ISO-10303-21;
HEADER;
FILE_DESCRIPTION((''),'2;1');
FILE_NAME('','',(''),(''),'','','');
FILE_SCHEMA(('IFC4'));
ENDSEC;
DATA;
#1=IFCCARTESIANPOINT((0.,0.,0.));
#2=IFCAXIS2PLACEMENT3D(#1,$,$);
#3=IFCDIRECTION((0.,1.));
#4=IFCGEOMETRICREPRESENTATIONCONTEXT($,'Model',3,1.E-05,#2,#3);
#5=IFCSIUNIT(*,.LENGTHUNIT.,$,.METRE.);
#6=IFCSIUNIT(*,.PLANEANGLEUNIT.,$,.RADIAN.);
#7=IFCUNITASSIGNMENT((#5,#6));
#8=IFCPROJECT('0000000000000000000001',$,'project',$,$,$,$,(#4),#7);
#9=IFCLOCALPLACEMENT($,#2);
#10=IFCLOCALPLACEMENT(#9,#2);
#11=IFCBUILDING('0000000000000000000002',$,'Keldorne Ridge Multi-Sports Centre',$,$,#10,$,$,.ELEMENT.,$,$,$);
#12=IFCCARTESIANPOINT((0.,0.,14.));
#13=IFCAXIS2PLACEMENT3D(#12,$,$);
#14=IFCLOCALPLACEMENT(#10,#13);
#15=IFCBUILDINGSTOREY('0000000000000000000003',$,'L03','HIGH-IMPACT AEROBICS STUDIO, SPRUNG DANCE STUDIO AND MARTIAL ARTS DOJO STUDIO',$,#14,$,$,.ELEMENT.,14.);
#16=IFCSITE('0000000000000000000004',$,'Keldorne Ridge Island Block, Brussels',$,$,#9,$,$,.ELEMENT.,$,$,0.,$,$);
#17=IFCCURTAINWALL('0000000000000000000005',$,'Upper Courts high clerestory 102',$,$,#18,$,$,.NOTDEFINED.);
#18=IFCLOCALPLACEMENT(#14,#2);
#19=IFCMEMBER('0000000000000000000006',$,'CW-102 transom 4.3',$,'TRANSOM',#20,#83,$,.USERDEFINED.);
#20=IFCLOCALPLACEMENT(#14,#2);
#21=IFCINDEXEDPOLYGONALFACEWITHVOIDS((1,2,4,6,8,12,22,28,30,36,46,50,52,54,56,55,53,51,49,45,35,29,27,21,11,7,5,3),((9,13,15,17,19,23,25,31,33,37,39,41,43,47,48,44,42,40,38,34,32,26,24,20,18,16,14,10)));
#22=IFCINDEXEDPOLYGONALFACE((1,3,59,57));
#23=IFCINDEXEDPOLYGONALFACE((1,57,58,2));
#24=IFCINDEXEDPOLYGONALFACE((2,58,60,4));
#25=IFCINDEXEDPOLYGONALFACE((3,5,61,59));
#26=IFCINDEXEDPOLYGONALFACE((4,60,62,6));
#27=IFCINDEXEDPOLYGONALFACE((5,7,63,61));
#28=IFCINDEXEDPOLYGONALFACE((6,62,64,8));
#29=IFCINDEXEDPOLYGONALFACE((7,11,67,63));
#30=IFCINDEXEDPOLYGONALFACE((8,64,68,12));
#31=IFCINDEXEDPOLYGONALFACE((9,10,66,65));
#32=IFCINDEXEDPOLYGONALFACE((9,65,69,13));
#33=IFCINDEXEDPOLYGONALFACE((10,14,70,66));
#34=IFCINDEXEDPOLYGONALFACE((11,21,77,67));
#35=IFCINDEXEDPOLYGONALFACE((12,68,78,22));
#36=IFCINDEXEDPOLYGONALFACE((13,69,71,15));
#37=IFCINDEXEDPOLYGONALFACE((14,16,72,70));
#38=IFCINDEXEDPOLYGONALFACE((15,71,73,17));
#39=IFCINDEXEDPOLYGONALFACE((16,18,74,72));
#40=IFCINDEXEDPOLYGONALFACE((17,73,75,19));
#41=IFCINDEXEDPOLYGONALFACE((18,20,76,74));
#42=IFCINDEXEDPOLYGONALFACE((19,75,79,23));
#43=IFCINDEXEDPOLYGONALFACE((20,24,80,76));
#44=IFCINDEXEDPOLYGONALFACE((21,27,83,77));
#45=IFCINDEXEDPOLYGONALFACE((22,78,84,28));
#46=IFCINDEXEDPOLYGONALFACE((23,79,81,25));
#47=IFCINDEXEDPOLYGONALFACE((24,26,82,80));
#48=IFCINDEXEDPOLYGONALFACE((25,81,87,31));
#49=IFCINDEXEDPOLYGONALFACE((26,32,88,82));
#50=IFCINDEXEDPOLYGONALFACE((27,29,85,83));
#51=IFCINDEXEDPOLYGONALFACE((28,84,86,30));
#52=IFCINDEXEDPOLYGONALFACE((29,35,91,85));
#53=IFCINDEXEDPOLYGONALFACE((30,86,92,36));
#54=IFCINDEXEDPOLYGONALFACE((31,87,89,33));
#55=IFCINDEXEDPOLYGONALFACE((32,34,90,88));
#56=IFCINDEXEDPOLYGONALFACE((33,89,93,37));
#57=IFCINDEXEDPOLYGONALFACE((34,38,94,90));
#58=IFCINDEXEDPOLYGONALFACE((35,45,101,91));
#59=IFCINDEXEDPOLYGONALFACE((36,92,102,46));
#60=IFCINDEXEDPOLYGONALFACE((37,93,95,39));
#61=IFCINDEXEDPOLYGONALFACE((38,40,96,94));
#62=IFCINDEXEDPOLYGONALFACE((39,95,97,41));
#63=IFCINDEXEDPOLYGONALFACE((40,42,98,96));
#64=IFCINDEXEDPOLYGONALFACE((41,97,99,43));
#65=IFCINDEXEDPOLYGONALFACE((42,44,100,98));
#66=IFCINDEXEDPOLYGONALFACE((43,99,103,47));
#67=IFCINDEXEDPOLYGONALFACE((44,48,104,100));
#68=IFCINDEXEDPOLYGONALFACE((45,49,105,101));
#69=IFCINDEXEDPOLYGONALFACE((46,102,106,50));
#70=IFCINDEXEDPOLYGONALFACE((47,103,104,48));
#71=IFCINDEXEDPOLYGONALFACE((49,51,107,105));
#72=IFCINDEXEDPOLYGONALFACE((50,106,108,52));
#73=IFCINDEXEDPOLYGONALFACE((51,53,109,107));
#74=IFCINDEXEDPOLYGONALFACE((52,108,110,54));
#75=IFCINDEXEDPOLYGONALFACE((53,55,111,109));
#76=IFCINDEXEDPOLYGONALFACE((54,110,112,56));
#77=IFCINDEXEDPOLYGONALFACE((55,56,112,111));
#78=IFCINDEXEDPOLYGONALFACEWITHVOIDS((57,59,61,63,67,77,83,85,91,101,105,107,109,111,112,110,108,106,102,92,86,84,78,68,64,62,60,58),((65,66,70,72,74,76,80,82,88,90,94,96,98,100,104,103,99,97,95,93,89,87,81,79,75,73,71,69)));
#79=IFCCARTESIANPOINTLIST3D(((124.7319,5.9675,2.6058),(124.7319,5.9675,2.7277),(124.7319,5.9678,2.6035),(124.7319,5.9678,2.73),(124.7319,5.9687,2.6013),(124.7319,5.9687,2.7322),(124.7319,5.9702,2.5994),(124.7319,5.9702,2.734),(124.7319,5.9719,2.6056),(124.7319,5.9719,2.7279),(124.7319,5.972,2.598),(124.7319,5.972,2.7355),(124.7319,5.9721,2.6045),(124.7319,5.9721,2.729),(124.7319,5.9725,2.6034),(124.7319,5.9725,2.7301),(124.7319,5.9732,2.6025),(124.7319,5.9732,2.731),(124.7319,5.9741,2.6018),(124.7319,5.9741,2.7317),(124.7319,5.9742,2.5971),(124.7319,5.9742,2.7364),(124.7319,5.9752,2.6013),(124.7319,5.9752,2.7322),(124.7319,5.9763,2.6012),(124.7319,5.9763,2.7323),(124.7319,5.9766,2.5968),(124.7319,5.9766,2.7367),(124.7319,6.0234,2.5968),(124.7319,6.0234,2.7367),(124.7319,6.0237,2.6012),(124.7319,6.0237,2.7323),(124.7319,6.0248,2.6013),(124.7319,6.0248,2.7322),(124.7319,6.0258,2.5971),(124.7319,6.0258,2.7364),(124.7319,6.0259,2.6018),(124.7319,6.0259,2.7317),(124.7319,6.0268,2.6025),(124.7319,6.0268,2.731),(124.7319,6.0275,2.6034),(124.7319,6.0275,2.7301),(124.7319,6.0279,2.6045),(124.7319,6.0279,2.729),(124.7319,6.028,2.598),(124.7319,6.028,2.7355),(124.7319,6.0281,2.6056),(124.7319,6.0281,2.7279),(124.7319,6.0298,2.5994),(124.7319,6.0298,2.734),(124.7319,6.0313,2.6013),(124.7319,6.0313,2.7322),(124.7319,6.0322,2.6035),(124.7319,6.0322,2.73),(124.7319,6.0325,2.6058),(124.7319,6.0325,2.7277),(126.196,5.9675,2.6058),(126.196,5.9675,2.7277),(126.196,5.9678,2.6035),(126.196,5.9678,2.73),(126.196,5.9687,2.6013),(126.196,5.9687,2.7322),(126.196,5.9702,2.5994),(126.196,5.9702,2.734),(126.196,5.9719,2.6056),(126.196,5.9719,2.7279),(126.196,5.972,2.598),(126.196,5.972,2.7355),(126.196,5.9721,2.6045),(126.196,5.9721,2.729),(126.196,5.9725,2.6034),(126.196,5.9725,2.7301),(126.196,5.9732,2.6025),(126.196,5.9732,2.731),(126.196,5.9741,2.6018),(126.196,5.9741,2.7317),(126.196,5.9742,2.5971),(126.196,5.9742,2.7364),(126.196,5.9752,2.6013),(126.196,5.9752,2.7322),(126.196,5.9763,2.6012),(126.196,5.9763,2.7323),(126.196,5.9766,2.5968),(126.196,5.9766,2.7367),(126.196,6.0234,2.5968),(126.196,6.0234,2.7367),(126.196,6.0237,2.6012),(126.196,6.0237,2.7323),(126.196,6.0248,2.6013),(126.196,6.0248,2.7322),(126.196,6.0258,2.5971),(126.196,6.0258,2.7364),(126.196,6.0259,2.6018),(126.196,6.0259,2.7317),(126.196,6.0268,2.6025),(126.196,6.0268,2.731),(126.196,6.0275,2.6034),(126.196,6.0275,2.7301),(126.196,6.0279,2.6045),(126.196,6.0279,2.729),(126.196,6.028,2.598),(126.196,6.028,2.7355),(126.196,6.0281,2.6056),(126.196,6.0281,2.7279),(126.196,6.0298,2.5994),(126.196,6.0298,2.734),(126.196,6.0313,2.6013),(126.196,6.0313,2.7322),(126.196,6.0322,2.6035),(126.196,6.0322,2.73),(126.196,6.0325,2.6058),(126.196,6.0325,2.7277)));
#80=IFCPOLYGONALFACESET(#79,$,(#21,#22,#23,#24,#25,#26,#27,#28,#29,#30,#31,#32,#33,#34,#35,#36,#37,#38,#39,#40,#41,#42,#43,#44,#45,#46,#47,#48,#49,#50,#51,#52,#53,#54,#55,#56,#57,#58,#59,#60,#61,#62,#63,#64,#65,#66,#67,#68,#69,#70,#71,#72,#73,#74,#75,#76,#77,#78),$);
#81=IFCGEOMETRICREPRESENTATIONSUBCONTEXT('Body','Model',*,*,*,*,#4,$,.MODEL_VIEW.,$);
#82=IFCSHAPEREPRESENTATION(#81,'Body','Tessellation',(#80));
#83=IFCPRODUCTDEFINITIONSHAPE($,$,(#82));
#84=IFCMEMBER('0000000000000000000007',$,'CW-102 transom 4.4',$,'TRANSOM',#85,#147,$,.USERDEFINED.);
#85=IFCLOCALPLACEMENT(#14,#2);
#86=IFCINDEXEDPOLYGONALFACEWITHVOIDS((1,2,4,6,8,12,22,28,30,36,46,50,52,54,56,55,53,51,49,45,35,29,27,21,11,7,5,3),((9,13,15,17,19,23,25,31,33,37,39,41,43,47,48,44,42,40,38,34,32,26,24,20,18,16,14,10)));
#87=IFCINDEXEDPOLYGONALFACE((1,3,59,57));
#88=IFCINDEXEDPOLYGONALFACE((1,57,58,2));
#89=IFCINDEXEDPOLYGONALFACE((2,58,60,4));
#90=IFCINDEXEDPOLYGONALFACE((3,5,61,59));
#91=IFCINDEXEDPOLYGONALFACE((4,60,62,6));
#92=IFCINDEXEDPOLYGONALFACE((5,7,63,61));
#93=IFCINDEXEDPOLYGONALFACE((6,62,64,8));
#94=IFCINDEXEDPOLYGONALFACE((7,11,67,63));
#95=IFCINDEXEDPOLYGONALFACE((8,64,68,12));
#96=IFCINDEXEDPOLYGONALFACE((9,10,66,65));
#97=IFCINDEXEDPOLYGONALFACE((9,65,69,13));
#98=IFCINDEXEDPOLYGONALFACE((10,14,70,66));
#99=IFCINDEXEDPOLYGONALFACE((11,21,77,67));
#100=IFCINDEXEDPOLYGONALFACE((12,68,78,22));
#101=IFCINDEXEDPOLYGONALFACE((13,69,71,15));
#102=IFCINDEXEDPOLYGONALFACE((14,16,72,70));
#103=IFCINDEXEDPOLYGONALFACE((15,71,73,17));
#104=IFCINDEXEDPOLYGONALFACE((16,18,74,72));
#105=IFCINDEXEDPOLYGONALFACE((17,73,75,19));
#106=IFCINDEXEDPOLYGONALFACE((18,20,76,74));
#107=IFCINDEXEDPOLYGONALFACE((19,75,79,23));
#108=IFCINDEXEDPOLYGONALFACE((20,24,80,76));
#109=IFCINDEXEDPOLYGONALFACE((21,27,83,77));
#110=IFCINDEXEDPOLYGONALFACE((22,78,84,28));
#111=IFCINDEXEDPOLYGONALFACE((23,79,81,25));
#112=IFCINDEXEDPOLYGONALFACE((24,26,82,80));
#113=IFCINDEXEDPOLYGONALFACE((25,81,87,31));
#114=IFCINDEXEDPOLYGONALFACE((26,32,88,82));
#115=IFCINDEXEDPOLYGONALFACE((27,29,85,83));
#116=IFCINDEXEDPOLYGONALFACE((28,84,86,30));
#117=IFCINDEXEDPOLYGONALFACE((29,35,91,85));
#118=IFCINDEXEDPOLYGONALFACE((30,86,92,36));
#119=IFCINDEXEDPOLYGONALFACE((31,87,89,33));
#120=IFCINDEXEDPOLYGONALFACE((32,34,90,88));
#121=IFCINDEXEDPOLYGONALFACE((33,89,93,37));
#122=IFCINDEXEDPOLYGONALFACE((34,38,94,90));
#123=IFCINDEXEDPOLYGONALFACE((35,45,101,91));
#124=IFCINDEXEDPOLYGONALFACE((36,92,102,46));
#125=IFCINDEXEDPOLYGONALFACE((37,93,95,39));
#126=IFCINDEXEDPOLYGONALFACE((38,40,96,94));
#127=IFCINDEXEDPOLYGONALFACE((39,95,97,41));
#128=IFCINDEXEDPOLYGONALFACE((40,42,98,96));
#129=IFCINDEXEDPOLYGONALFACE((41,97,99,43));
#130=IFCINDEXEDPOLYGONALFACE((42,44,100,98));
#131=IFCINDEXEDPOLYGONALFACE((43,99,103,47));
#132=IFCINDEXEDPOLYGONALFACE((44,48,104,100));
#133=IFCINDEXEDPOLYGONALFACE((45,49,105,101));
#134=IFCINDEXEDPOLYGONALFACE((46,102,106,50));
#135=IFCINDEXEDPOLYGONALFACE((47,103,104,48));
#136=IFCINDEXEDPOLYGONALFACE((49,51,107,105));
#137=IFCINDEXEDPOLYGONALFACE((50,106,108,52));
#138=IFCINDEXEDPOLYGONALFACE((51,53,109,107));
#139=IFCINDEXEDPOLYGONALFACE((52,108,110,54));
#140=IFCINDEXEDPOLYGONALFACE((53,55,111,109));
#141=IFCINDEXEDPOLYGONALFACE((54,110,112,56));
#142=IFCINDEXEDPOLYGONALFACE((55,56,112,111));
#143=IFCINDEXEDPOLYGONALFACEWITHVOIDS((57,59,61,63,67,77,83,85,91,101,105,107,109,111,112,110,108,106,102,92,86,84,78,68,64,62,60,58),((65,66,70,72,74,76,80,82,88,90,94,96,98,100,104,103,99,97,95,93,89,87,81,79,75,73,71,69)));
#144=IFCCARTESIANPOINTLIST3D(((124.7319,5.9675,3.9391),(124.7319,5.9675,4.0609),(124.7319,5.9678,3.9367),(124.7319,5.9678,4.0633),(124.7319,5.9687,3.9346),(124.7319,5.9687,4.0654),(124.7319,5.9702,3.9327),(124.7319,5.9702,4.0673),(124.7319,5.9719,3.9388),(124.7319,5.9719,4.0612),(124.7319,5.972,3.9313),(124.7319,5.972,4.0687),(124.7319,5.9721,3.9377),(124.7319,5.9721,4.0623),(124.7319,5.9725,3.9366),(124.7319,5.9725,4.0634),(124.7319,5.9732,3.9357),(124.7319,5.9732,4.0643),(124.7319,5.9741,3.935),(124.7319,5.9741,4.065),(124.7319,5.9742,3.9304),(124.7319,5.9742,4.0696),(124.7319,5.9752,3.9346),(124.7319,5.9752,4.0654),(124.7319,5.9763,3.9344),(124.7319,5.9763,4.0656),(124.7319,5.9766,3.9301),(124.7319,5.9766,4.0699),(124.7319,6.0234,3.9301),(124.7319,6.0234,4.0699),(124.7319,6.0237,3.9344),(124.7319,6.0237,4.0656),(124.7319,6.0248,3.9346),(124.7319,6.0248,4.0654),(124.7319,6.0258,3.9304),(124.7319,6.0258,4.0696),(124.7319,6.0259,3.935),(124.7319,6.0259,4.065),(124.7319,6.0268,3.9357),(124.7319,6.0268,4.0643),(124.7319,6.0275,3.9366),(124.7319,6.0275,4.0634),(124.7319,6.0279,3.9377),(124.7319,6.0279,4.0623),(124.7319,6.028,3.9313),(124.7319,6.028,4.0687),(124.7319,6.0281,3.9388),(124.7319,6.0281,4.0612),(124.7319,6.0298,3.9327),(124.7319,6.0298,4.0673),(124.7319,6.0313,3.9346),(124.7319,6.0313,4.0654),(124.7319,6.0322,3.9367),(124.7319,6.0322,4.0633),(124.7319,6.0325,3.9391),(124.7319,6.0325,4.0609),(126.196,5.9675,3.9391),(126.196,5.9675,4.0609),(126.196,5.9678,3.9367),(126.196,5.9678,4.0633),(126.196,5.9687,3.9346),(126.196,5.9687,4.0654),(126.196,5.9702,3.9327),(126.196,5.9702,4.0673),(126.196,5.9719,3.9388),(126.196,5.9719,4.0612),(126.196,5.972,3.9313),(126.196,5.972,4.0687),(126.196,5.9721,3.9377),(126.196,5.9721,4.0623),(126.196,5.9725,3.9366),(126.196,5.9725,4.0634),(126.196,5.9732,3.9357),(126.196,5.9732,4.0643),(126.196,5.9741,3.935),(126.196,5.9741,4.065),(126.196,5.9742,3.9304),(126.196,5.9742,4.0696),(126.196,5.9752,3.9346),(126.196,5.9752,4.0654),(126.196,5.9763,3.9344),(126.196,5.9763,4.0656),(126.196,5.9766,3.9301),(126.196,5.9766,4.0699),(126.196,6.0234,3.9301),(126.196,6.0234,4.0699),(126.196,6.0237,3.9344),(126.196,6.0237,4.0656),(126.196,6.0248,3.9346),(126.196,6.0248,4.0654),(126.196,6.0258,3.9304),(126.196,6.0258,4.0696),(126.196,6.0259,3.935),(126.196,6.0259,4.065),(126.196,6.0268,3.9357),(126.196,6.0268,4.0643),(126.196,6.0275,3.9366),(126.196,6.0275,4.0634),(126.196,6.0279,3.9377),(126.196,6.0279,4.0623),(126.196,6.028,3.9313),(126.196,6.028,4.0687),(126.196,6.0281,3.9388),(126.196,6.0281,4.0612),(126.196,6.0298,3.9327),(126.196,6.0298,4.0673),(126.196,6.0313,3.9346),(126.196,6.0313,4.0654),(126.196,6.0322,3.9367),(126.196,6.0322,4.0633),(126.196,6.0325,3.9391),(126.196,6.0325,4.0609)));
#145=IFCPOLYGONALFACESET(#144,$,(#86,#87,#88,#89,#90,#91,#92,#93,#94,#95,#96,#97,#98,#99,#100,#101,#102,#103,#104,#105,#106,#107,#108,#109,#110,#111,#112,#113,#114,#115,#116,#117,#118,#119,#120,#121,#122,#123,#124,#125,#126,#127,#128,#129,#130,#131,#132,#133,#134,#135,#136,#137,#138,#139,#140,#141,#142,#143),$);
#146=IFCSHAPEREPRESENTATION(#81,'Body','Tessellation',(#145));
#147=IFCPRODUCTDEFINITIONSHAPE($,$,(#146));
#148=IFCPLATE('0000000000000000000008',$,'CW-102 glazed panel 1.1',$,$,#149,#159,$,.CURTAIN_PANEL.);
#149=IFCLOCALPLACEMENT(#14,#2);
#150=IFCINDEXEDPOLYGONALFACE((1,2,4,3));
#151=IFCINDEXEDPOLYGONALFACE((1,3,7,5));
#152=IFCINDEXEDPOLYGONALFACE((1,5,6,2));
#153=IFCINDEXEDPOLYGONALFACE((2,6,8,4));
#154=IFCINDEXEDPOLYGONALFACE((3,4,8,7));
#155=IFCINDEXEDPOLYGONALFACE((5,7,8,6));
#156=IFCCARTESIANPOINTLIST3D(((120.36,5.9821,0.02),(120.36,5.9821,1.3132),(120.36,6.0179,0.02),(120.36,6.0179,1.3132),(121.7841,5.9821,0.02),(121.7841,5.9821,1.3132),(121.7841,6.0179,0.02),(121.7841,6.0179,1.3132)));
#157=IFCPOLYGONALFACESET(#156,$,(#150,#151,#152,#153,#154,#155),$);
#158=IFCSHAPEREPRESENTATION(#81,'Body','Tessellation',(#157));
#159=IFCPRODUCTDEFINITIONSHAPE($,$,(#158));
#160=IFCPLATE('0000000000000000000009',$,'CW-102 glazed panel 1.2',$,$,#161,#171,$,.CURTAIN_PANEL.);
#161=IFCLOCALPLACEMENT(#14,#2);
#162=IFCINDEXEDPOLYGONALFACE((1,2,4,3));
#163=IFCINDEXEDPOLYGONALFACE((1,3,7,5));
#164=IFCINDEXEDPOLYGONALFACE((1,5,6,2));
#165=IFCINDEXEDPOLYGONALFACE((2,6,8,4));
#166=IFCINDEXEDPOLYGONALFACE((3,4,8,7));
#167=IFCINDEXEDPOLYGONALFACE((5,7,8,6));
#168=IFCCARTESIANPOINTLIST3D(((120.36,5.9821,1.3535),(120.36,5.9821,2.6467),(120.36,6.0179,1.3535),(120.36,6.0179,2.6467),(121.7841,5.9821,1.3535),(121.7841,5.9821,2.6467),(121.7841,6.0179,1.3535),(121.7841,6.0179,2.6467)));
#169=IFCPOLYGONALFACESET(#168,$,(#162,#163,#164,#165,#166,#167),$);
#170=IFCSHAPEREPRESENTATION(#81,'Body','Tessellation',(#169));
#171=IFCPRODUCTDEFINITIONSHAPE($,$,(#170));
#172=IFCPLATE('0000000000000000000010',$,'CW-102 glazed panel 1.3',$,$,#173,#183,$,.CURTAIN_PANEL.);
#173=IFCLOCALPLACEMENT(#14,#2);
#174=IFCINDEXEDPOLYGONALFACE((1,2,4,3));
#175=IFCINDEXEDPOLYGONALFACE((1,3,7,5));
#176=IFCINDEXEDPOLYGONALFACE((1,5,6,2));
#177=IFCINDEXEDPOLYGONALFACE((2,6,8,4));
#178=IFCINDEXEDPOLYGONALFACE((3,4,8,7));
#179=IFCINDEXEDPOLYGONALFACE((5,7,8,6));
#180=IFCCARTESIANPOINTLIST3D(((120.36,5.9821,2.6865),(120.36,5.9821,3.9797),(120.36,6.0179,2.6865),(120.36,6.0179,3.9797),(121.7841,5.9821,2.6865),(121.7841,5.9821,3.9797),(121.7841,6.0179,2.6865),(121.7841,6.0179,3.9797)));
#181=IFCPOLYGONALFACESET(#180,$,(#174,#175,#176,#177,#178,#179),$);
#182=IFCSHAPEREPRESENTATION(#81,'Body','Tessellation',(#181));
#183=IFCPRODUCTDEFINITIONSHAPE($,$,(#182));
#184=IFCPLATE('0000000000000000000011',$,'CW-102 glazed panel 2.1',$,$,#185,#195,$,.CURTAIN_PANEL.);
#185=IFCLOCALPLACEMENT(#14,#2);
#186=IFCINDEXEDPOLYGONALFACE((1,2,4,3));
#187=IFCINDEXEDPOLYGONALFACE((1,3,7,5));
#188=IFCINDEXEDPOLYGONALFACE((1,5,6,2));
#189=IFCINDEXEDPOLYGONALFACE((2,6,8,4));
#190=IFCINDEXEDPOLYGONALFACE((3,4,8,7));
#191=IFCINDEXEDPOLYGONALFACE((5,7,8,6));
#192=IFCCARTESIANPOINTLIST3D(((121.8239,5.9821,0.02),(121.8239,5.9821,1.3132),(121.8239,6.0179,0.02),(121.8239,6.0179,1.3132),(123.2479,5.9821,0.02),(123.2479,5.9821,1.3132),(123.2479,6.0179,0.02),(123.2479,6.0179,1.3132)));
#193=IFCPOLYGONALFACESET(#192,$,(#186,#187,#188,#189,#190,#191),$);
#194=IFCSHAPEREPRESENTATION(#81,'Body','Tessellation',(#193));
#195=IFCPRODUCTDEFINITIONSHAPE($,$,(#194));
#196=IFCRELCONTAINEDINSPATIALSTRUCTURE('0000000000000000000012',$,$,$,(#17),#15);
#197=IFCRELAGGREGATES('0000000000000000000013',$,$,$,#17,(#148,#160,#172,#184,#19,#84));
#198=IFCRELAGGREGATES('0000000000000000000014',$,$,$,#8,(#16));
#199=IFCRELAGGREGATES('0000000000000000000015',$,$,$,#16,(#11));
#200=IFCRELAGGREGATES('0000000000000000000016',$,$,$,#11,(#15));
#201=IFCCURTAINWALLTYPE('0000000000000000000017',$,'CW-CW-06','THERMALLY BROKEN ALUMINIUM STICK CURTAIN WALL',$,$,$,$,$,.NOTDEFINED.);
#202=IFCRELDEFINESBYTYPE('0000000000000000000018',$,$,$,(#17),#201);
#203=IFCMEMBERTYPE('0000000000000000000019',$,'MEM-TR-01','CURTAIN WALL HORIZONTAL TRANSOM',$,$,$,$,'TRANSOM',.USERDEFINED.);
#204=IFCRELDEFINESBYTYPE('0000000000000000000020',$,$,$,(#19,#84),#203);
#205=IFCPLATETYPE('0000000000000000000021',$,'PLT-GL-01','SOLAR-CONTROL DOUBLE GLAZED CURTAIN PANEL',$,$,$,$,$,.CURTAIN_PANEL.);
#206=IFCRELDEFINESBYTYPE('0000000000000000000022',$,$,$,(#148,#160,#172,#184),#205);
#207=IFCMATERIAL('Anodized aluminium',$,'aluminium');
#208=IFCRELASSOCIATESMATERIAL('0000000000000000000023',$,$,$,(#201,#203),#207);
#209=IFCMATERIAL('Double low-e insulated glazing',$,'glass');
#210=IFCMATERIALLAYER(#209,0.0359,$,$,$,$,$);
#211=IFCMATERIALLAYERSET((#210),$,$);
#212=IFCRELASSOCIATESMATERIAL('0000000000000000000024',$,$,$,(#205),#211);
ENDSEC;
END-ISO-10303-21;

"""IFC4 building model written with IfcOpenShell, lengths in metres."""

from ifc_helpers import new_model, si_unit, direction, frame, origin, origin_2d, place, context, subcontext, project, spatial, rectangle, hollow_rectangle, extrude, material, layer, layer_set, material_profile, profile_set, type_object, element, aggregate, save


model = new_model("IFC4")

# Units and contexts
model_context = context("Model", 3, precision=1e-05, world=origin(), true_north=direction((0.0, 1.0)))
body_context = subcontext(model_context, "Body", "Model", "MODEL_VIEW")
ifc_project = project(units=[si_unit("LENGTHUNIT", "METRE"), si_unit("PLANEANGLEUNIT", "RADIAN")], contexts=[model_context])

# Site, building, storey
site_placement = place(None, origin())
site = spatial("IfcSite", under=ifc_project, at=site_placement, Name="Keldorne Ridge Island Block, Brussels", CompositionType="ELEMENT", RefElevation=0.0)
building_placement = place(site_placement, origin())
building = spatial("IfcBuilding", under=site, at=building_placement, Name="Keldorne Ridge Multi-Sports Centre", CompositionType="ELEMENT")
storey_placement = place(building_placement, frame((0.0, 0.0, 14.0)))
storey = spatial("IfcBuildingStorey", under=building, at=storey_placement, Name="L03", Description="HIGH-IMPACT AEROBICS STUDIO, SPRUNG DANCE STUDIO AND MARTIAL ARTS DOJO STUDIO", CompositionType="ELEMENT", Elevation=14.0)

# Curtain wall, members, plates
ifc_material_1 = material(Name="Anodized aluminium", Category="aluminium")
curtain_wall_type = type_object("IfcCurtainWallType", Name="CW-CW-06", Description="THERMALLY BROKEN ALUMINIUM STICK CURTAIN WALL", PredefinedType="NOTDEFINED", material=ifc_material_1)
curtain_wall_placement = place(storey_placement, origin())
curtain_wall = element("IfcCurtainWall", 1, at=curtain_wall_placement, inside=storey, type_object=curtain_wall_type, Name="Upper Courts high clerestory 102", PredefinedType="NOTDEFINED")
ifc_material_profile_1 = material_profile(ifc_material_1, hollow_rectangle(XDim=0.0649, YDim=0.1399, WallThickness=0.0044, InnerFilletRadius=0.0044, OuterFilletRadius=0.009, at=origin_2d()), Name="ALU TRANSOM 140x65x4.5")
ifc_profile_set_1 = profile_set([ifc_material_profile_1], Name="Anodized aluminium")
member_type_1 = type_object("IfcMemberType", Name="MEM-TR-01", Description="CURTAIN WALL HORIZONTAL TRANSOM", ElementType="TRANSOM", PredefinedType="USERDEFINED", material=ifc_profile_set_1)
member_1_placement = place(storey_placement, frame((124.7319, 6.0, 2.6667), z_axis=(1.0, 0.0, 0.0), x_axis=(0.0, 1.0, 0.0)))
member_1 = element("IfcMember", 2, at=member_1_placement, type_object=member_type_1, Name="CW-102 transom 4.3", ObjectType="TRANSOM", PredefinedType="USERDEFINED", context=body_context, shape_type="SweptSolid", body=[
    extrude(hollow_rectangle(XDim=0.0649, YDim=0.1399, WallThickness=0.0044, InnerFilletRadius=0.0044, OuterFilletRadius=0.009, at=origin_2d()), origin(), (0.0, 0.0, 1.0), 1.4641),
])
member_2_placement = place(storey_placement, frame((124.7319, 6.0, 4.0), z_axis=(1.0, 0.0, 0.0), x_axis=(0.0, 1.0, 0.0)))
member_2 = element("IfcMember", 3, at=member_2_placement, type_object=member_type_1, Name="CW-102 transom 4.4", ObjectType="TRANSOM", PredefinedType="USERDEFINED", context=body_context, shape_type="SweptSolid", body=[
    extrude(hollow_rectangle(XDim=0.0649, YDim=0.1399, WallThickness=0.0044, InnerFilletRadius=0.0044, OuterFilletRadius=0.009, at=origin_2d()), origin(), (0.0, 0.0, 1.0), 1.4641),
])
ifc_material_2 = material(Name="Double low-e insulated glazing", Category="glass")
ifc_layer = layer(ifc_material_2, 0.0359)
ifc_layer_set = layer_set([ifc_layer])
plate_type = type_object("IfcPlateType", Name="PLT-GL-01", Description="SOLAR-CONTROL DOUBLE GLAZED CURTAIN PANEL", PredefinedType="CURTAIN_PANEL", material=ifc_layer_set)
plate_1_placement = place(storey_placement, frame((121.072, 6.0, 0.02), z_axis=(0.0, 0.0, 1.0), x_axis=(1.0, 0.0, 0.0)))
plate_1 = element("IfcPlate", 4, at=plate_1_placement, type_object=plate_type, Name="CW-102 glazed panel 1.1", PredefinedType="CURTAIN_PANEL", context=body_context, shape_type="SweptSolid", body=[
    extrude(rectangle(XDim=1.4241, YDim=0.0359, at=origin_2d()), origin(), (0.0, 0.0, 1.0), 1.2932),
])
plate_2_placement = place(storey_placement, frame((121.072, 6.0, 1.3535), z_axis=(0.0, 0.0, 1.0), x_axis=(1.0, 0.0, 0.0)))
plate_2 = element("IfcPlate", 5, at=plate_2_placement, type_object=plate_type, Name="CW-102 glazed panel 1.2", PredefinedType="CURTAIN_PANEL", context=body_context, shape_type="SweptSolid", body=[
    extrude(rectangle(XDim=1.4241, YDim=0.0359, at=origin_2d()), origin(), (0.0, 0.0, 1.0), 1.2932),
])
plate_3_placement = place(storey_placement, frame((121.072, 6.0, 2.6865), z_axis=(0.0, 0.0, 1.0), x_axis=(1.0, 0.0, 0.0)))
plate_3 = element("IfcPlate", 6, at=plate_3_placement, type_object=plate_type, Name="CW-102 glazed panel 1.3", PredefinedType="CURTAIN_PANEL", context=body_context, shape_type="SweptSolid", body=[
    extrude(rectangle(XDim=1.4241, YDim=0.0359, at=origin_2d()), origin(), (0.0, 0.0, 1.0), 1.2932),
])
plate_4_placement = place(storey_placement, frame((122.5359, 6.0, 0.02), z_axis=(0.0, 0.0, 1.0), x_axis=(1.0, 0.0, 0.0)))
plate_4 = element("IfcPlate", 7, at=plate_4_placement, type_object=plate_type, Name="CW-102 glazed panel 2.1", PredefinedType="CURTAIN_PANEL", context=body_context, shape_type="SweptSolid", body=[
    extrude(rectangle(XDim=1.4241, YDim=0.0359, at=origin_2d()), origin(), (0.0, 0.0, 1.0), 1.2932),
])
aggregate(curtain_wall, [plate_1, plate_2, plate_3, plate_4, member_1, member_2])

save(model, "model.ifc")
